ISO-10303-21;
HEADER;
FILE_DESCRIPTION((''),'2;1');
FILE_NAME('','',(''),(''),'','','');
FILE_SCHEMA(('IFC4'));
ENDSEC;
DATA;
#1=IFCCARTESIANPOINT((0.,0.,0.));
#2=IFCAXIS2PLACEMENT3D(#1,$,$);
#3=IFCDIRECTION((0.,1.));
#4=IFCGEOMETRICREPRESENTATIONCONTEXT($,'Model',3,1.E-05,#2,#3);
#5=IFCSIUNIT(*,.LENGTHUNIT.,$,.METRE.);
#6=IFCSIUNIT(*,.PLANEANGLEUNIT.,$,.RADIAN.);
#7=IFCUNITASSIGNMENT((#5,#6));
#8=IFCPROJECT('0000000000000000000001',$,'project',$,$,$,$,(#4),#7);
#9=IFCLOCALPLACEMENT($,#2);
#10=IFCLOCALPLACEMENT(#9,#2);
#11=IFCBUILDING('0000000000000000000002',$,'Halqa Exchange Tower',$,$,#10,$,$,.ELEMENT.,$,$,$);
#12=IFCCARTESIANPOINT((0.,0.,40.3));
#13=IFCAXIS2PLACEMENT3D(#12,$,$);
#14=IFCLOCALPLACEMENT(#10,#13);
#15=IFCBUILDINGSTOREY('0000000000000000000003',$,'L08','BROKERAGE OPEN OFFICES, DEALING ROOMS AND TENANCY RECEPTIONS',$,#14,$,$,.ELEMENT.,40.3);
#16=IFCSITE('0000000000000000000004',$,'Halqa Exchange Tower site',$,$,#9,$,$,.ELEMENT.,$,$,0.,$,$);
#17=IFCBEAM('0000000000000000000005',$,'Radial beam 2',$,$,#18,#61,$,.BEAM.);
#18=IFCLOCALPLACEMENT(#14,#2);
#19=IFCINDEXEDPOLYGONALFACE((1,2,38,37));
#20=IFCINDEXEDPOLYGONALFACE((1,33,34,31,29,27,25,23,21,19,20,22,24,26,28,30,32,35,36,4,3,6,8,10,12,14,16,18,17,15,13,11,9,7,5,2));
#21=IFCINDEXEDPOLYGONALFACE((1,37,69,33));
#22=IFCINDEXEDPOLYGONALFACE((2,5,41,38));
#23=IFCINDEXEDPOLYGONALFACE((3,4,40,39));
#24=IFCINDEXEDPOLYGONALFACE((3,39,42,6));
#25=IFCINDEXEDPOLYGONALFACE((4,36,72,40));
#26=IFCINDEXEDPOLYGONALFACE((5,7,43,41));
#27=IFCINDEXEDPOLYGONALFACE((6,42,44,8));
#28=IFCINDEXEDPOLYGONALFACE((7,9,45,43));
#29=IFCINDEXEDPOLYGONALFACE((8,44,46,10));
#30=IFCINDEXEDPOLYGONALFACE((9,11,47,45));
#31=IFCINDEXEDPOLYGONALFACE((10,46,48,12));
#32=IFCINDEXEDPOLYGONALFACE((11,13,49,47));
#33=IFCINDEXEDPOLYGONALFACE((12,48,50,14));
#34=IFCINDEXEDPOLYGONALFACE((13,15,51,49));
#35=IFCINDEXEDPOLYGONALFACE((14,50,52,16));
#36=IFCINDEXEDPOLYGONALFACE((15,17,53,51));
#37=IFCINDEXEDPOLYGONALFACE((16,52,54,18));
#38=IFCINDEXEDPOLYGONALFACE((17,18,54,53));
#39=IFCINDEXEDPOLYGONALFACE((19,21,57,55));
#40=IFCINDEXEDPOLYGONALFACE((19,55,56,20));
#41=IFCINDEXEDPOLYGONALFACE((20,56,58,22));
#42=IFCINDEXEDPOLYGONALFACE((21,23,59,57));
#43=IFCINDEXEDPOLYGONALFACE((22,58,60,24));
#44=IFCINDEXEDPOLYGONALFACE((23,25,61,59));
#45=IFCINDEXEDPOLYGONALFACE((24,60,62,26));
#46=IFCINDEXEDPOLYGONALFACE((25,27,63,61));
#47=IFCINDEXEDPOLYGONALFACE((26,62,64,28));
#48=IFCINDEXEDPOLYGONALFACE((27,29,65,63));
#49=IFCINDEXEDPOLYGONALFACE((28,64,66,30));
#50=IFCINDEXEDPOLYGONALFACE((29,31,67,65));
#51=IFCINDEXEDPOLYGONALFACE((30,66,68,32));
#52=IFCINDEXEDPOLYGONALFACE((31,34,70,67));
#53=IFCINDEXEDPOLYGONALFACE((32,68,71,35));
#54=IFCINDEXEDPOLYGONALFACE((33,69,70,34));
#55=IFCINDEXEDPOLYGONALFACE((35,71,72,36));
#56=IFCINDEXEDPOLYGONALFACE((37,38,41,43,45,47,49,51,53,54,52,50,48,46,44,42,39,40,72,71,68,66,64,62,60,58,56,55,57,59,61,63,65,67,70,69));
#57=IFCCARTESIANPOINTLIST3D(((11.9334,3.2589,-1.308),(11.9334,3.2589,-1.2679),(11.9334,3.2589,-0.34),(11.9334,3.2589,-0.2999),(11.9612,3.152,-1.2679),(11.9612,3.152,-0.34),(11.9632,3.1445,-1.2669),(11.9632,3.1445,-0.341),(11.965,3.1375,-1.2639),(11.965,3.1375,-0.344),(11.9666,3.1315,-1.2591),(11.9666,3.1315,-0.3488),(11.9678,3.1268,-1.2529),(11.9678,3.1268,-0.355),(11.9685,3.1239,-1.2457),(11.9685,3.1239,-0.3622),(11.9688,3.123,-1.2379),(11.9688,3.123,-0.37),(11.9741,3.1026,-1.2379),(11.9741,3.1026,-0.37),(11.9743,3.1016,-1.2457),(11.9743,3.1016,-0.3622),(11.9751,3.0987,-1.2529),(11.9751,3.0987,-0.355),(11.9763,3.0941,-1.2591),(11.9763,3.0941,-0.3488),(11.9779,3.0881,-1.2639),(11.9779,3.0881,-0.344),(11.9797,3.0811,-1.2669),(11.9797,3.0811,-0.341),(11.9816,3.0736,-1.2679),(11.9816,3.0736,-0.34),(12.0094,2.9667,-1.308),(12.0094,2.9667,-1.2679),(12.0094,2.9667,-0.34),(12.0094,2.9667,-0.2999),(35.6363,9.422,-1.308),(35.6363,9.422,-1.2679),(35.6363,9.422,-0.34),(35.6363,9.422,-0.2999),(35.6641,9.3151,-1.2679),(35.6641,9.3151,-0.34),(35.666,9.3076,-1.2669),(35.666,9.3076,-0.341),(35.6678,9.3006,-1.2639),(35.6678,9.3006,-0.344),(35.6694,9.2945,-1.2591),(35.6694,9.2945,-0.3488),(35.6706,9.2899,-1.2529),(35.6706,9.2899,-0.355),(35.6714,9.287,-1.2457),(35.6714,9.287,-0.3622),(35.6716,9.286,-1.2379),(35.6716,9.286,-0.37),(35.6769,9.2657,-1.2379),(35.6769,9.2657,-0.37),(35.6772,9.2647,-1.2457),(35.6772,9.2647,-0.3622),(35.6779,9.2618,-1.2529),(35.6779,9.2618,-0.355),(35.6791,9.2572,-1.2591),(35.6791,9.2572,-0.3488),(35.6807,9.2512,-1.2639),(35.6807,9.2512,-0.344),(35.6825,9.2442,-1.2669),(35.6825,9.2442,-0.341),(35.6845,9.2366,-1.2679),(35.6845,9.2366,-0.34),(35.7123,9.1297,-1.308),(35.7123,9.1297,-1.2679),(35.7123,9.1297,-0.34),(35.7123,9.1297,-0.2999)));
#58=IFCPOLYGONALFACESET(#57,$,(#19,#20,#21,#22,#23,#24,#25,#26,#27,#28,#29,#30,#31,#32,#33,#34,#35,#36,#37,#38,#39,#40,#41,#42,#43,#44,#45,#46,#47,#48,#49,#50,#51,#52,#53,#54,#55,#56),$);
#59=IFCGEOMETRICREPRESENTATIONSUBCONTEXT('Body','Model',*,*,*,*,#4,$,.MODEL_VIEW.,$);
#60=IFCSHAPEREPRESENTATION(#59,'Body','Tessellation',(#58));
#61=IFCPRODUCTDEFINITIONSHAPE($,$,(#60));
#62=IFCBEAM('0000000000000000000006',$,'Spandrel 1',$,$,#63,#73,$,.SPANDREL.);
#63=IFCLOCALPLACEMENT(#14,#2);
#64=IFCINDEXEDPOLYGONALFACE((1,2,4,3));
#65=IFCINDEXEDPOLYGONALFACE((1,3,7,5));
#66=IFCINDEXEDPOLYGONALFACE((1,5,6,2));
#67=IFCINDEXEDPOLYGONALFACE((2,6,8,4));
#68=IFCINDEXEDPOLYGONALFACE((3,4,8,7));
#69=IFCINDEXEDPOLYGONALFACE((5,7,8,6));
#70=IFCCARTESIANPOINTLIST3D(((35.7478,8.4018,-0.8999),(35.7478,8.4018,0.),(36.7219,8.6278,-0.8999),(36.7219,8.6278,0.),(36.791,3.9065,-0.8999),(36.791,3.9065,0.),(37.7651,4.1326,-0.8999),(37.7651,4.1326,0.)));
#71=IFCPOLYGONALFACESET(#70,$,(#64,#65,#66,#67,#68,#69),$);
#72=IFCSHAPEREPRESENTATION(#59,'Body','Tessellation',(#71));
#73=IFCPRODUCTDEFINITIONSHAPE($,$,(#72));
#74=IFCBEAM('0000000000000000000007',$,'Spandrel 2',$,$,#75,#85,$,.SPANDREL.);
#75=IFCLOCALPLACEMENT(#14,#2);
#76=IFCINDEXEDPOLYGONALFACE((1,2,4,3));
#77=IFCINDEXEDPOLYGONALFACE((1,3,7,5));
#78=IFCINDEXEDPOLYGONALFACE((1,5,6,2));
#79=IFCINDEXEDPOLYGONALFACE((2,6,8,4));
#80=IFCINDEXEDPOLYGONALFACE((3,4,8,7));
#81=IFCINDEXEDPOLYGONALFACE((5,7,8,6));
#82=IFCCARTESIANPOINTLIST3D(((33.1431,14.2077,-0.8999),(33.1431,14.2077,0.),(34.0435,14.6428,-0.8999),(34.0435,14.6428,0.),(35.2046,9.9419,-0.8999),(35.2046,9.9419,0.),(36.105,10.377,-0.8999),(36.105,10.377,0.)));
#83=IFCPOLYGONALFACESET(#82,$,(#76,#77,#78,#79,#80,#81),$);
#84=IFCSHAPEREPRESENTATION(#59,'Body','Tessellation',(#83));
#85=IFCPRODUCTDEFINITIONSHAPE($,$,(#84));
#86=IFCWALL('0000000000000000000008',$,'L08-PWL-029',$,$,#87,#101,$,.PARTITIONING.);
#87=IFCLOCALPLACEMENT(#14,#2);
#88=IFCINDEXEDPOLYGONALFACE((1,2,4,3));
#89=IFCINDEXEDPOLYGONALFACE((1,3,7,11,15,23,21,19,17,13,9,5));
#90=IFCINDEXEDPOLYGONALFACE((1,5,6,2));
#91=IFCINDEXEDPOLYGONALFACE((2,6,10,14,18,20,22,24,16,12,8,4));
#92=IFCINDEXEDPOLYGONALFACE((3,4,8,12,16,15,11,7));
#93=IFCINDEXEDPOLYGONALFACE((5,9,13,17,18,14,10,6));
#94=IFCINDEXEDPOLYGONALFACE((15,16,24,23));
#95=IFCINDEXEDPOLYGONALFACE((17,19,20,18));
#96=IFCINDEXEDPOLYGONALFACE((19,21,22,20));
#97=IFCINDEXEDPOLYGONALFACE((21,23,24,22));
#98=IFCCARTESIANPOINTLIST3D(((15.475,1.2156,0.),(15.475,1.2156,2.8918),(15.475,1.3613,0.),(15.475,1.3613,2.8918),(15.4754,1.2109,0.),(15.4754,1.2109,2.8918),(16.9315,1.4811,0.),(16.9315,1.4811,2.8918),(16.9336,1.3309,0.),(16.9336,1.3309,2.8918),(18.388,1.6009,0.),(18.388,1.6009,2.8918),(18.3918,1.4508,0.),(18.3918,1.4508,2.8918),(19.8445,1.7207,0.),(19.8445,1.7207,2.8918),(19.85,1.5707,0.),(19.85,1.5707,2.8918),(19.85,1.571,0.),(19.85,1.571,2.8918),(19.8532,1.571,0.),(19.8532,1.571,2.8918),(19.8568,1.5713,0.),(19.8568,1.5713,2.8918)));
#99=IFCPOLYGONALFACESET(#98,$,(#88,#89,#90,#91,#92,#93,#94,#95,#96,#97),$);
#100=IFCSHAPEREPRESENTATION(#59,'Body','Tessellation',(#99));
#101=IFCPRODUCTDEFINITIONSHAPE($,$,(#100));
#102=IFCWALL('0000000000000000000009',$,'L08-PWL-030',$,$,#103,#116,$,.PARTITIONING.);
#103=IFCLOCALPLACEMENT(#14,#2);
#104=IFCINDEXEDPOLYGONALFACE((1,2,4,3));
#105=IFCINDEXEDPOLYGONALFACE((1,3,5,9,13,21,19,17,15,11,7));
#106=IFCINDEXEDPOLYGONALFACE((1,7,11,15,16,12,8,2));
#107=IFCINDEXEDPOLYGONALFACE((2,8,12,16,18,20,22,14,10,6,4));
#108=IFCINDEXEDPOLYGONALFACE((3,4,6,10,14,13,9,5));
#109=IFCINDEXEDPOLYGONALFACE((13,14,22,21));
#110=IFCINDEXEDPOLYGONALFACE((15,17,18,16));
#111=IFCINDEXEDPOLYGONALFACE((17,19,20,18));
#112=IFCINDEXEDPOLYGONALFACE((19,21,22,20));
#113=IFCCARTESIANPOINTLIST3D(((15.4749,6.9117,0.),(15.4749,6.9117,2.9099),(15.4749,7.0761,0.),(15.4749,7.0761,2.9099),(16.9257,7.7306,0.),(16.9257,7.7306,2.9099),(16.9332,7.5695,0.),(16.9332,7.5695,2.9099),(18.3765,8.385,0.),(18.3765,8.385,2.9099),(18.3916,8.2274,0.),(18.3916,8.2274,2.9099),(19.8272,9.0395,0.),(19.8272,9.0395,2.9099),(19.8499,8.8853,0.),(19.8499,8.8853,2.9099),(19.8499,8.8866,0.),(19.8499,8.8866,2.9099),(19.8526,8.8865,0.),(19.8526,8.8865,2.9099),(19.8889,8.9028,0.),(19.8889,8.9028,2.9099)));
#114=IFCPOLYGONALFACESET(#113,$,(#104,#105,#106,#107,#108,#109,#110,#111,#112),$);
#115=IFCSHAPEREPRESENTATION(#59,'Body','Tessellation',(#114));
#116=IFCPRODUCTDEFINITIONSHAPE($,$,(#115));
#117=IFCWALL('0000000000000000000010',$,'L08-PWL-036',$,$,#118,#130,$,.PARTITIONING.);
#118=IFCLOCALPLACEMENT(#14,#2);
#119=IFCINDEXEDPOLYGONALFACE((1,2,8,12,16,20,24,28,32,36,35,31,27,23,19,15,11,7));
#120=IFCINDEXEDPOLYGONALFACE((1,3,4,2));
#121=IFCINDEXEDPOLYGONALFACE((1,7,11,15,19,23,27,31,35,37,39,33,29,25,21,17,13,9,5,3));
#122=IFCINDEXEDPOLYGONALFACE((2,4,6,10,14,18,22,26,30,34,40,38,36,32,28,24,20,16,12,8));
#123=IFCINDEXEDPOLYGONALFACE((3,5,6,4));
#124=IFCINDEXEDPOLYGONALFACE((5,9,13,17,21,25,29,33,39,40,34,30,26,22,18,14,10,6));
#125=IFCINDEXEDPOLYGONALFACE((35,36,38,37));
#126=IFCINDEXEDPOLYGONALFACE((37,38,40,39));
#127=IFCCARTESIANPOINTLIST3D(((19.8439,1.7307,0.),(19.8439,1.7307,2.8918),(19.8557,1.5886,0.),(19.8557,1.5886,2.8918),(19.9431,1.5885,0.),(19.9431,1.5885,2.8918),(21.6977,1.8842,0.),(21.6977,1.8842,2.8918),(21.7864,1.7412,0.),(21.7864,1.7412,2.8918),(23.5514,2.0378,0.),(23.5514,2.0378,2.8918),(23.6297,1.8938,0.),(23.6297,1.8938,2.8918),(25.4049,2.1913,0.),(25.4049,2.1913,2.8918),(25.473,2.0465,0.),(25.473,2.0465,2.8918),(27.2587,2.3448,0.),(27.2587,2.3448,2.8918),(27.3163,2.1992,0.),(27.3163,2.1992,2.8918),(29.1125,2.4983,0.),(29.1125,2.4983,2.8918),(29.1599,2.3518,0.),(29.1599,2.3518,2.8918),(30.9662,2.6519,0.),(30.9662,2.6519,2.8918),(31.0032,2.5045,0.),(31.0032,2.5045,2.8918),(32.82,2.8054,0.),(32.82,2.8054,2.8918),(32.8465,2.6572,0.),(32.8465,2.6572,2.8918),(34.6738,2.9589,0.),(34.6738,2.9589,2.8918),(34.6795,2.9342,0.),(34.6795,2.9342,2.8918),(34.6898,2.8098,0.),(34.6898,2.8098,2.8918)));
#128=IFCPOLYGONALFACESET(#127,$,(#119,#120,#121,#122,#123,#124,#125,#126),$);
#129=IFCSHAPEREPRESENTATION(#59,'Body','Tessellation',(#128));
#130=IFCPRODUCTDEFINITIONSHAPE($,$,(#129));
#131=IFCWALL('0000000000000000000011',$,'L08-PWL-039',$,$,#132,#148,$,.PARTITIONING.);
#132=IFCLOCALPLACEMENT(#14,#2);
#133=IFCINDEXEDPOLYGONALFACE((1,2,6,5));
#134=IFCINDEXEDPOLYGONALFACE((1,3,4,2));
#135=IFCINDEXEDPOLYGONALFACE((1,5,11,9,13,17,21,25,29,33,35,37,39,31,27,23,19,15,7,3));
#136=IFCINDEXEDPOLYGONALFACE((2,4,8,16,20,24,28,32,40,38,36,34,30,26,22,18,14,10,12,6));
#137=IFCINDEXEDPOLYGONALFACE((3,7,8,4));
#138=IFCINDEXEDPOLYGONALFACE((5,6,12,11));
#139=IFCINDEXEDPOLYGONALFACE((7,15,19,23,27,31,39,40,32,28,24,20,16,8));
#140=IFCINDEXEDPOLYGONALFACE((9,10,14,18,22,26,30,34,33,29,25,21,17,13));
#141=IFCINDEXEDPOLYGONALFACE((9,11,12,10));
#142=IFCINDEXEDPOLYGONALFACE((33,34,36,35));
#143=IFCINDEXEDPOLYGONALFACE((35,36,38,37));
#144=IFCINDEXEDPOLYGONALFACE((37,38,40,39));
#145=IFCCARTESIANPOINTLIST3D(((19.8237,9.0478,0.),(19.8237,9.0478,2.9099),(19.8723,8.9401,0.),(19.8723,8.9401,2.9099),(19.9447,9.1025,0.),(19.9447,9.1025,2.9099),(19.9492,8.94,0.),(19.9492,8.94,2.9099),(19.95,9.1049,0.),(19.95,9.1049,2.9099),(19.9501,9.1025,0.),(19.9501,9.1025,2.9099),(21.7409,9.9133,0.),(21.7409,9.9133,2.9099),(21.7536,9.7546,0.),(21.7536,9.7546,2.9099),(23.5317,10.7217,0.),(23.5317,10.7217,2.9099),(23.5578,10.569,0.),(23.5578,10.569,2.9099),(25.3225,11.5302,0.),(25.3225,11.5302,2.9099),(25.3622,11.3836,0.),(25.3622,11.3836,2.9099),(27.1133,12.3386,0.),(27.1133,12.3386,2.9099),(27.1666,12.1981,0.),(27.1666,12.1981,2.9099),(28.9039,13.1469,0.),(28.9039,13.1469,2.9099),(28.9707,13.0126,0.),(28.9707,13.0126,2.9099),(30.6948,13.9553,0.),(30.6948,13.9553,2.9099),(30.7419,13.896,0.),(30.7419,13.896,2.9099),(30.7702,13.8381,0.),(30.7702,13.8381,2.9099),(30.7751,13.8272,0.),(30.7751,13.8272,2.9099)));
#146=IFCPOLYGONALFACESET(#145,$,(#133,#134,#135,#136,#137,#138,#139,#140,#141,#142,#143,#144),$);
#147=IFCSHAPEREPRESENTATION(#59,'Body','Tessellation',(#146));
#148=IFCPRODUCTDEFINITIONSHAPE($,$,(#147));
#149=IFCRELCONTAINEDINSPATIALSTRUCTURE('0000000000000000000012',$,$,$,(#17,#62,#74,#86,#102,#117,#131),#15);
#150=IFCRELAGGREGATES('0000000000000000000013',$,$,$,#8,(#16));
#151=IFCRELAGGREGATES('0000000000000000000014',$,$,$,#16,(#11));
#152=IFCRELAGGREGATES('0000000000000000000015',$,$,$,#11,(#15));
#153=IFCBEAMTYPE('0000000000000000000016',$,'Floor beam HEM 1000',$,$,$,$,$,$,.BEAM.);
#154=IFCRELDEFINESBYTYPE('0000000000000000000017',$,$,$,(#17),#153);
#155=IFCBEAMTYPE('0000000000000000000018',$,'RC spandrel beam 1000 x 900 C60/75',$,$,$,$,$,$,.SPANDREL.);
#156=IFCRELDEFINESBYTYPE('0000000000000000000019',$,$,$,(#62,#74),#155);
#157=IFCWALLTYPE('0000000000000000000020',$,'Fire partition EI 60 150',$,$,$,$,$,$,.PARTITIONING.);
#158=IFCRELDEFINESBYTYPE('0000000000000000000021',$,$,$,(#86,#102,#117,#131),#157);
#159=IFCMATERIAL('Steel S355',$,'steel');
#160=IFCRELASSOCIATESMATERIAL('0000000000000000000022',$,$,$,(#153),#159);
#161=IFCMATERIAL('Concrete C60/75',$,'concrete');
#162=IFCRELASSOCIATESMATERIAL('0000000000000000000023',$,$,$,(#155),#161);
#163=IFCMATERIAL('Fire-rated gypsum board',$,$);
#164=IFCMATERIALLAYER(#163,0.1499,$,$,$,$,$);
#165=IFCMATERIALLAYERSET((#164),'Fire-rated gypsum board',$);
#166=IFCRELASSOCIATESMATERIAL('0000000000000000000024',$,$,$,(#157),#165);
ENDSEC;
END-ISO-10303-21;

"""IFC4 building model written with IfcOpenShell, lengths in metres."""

from ifc_helpers import new_model, si_unit, direction, frame, origin, origin_2d, place, context, subcontext, project, spatial, polyline, rectangle, i_section, outline, extrude, material, layer, layer_set, material_profile, profile_set, type_object, element, save


model = new_model("IFC4")

# Units and contexts
model_context = context("Model", 3, precision=1e-05, world=origin(), true_north=direction((0.0, 1.0)))
body_context = subcontext(model_context, "Body", "Model", "MODEL_VIEW")
ifc_project = project(units=[si_unit("LENGTHUNIT", "METRE"), si_unit("PLANEANGLEUNIT", "RADIAN")], contexts=[model_context])

# Site, building, storey
site_placement = place(None, origin())
site = spatial("IfcSite", under=ifc_project, at=site_placement, Name="Halqa Exchange Tower site", CompositionType="ELEMENT", RefElevation=0.0)
building_placement = place(site_placement, origin())
building = spatial("IfcBuilding", under=site, at=building_placement, Name="Halqa Exchange Tower", CompositionType="ELEMENT")
storey_placement = place(building_placement, frame((0.0, 0.0, 40.3)))
storey = spatial("IfcBuildingStorey", under=building, at=storey_placement, Name="L08", Description="BROKERAGE OPEN OFFICES, DEALING ROOMS AND TENANCY RECEPTIONS", CompositionType="ELEMENT", Elevation=40.3)

# Beams
ifc_material_1 = material(Name="Steel S355", Category="steel")
ifc_material_profile_1 = material_profile(ifc_material_1, i_section(OverallWidth=0.302, OverallDepth=1.0081, WebThickness=0.021, FlangeThickness=0.04, FilletRadius=0.03, at=origin_2d()), Name="HEM 1000")
ifc_profile_set_1 = profile_set([ifc_material_profile_1], Name="Steel S355")
beam_type_1 = type_object("IfcBeamType", Name="Floor beam HEM 1000", PredefinedType="BEAM", material=ifc_profile_set_1)
beam_1_placement = place(storey_placement, frame((11.9714, 3.1128, -0.804), z_axis=(0.967819, 0.251647, 0.0), x_axis=(-0.251647, 0.967819, 0.0)))
element("IfcBeam", 1, at=beam_1_placement, inside=storey, type_object=beam_type_1, Name="Radial beam 2", PredefinedType="BEAM", context=body_context, shape_type="SweptSolid", body=[
    extrude(i_section(OverallWidth=0.302, OverallDepth=1.0081, WebThickness=0.021, FlangeThickness=0.04, FilletRadius=0.03, at=origin_2d()), origin(), (0.0, 0.0, 1.0), 24.491),
])
ifc_material_2 = material(Name="Concrete C60/75", Category="concrete")
ifc_material_profile_2 = material_profile(ifc_material_2, rectangle(XDim=1.0, YDim=0.8999, at=origin_2d()), Name="1000 x 900")
ifc_profile_set_2 = profile_set([ifc_material_profile_2], Name="Concrete C60/75")
beam_type_2 = type_object("IfcBeamType", Name="RC spandrel beam 1000 x 900 C60/75", PredefinedType="SPANDREL", material=ifc_profile_set_2)
beam_2_placement = place(storey_placement, frame((37.2781, 4.0195, -0.45), z_axis=(-0.226057, 0.974114, 0.0), x_axis=(-0.974114, -0.226057, 0.0)))
element("IfcBeam", 2, at=beam_2_placement, inside=storey, type_object=beam_type_2, Name="Spandrel 1", PredefinedType="SPANDREL", context=body_context, shape_type="SweptSolid", body=[
    extrude(rectangle(XDim=1.0, YDim=0.8999, at=origin_2d()), origin(), (0.0, 0.0, 1.0), 4.6147),
])
beam_3_placement = place(storey_placement, frame((35.6548, 10.1594, -0.45), z_axis=(-0.435115, 0.900375, 0.0), x_axis=(-0.900375, -0.435115, 0.0)))
element("IfcBeam", 3, at=beam_3_placement, inside=storey, type_object=beam_type_2, Name="Spandrel 2", PredefinedType="SPANDREL", context=body_context, shape_type="SweptSolid", body=[
    extrude(rectangle(XDim=1.0, YDim=0.8999, at=origin_2d()), origin(), (0.0, 0.0, 1.0), 4.7378),
])

# Walls
ifc_material_3 = material(Name="Fire-rated gypsum board")
ifc_layer_1 = layer(ifc_material_3, 0.1499)
ifc_layer_set_1 = layer_set([ifc_layer_1], Name="Fire-rated gypsum board")
wall_type_1 = type_object("IfcWallType", Name="Fire partition EI 60 150", PredefinedType="PARTITIONING", material=ifc_layer_set_1)
wall_1_placement = place(storey_placement, frame((15.4692, 1.2856, 0.0), z_axis=(0.0, 0.0, 1.0), x_axis=(0.996635, 0.08197, 0.0)))
element("IfcWall", 4, at=wall_1_placement, inside=storey, type_object=wall_type_1, Name="L08-PWL-029", PredefinedType="PARTITIONING", context=body_context, shape_type="SweptSolid", body=[
    extrude(outline(polyline([(0.0, -0.075), (1.4631, -0.075), (2.9263, -0.075), (4.3894, -0.075), (4.3894, -0.0747), (4.3926, -0.075), (4.3962, -0.075), (4.3962, 0.075), (2.9348, 0.075), (1.4734, 0.075), (0.012, 0.075), (0.0, -0.0703), (0.0, -0.075)])), origin(), (0.0, 0.0, 1.0), 2.8918),
])
wall_2_placement = place(storey_placement, frame((15.4441, 6.98, 0.0), z_axis=(0.0, 0.0, 1.0), x_axis=(0.911544, 0.411203, 0.0)))
element("IfcWall", 5, at=wall_2_placement, inside=storey, type_object=wall_type_1, Name="L08-PWL-030", PredefinedType="PARTITIONING", context=body_context, shape_type="SweptSolid", body=[
    extrude(outline(polyline([(0.0, -0.075), (1.5999, -0.075), (3.1997, -0.075), (4.7996, -0.075), (4.8, -0.0737), (4.8025, -0.075), (4.8423, -0.075), (4.8423, 0.075), (3.2507, 0.075), (1.6592, 0.075), (0.0676, 0.075), (0.0, -0.075)])), origin(), (0.0, 0.0, 1.0), 2.9099),
])
wall_3_placement = place(storey_placement, frame((19.8501, 1.656, 0.0), z_axis=(0.0, 0.0, 1.0), x_axis=(0.996588, 0.082538, 0.0)))
element("IfcWall", 6, at=wall_3_placement, inside=storey, type_object=wall_type_1, Name="L08-PWL-036", PredefinedType="PARTITIONING", context=body_context, shape_type="SweptSolid", body=[
    extrude(outline(polyline([(14.8843, -0.075), (14.8843, 0.0498), (14.8806, 0.075), (13.0205, 0.075), (11.1604, 0.075), (9.3003, 0.075), (7.4402, 0.075), (5.5801, 0.075), (3.7202, 0.075), (1.8601, 0.075), (0.0, 0.075), (0.0, -0.0676), (0.0872, -0.075), (1.9368, -0.075), (3.7864, -0.075), (5.636, -0.075), (7.4856, -0.075), (9.3354, -0.075), (11.1851, -0.075), (13.0347, -0.075), (14.8843, -0.075)])), origin(), (0.0, 0.0, 1.0), 2.8918),
])
wall_4_placement = place(storey_placement, frame((19.8545, 8.9795, 0.0), z_axis=(0.0, 0.0, 1.0), x_axis=(0.911433, 0.411448, 0.0)))
element("IfcWall", 7, at=wall_4_placement, inside=storey, type_object=wall_type_1, Name="L08-PWL-039", PredefinedType="PARTITIONING", context=body_context, shape_type="SweptSolid", body=[
    extrude(outline(polyline([(11.948, -0.075), (11.948, -0.063), (11.946, 0.0015), (11.9275, 0.075), (9.9626, 0.075), (7.998, 0.075), (6.0332, 0.075), (4.0684, 0.075), (2.1035, 0.075), (0.1387, 0.075), (0.1377, 0.0728), (0.1328, 0.075), (0.0, 0.075), (0.0, -0.0432), (0.0701, -0.075), (2.0498, -0.075), (4.0293, -0.075), (6.009, -0.075), (7.9888, -0.075), (9.9683, -0.075), (11.948, -0.075)])), origin(), (0.0, 0.0, 1.0), 2.9099),
])

save(model, "model.ifc")
